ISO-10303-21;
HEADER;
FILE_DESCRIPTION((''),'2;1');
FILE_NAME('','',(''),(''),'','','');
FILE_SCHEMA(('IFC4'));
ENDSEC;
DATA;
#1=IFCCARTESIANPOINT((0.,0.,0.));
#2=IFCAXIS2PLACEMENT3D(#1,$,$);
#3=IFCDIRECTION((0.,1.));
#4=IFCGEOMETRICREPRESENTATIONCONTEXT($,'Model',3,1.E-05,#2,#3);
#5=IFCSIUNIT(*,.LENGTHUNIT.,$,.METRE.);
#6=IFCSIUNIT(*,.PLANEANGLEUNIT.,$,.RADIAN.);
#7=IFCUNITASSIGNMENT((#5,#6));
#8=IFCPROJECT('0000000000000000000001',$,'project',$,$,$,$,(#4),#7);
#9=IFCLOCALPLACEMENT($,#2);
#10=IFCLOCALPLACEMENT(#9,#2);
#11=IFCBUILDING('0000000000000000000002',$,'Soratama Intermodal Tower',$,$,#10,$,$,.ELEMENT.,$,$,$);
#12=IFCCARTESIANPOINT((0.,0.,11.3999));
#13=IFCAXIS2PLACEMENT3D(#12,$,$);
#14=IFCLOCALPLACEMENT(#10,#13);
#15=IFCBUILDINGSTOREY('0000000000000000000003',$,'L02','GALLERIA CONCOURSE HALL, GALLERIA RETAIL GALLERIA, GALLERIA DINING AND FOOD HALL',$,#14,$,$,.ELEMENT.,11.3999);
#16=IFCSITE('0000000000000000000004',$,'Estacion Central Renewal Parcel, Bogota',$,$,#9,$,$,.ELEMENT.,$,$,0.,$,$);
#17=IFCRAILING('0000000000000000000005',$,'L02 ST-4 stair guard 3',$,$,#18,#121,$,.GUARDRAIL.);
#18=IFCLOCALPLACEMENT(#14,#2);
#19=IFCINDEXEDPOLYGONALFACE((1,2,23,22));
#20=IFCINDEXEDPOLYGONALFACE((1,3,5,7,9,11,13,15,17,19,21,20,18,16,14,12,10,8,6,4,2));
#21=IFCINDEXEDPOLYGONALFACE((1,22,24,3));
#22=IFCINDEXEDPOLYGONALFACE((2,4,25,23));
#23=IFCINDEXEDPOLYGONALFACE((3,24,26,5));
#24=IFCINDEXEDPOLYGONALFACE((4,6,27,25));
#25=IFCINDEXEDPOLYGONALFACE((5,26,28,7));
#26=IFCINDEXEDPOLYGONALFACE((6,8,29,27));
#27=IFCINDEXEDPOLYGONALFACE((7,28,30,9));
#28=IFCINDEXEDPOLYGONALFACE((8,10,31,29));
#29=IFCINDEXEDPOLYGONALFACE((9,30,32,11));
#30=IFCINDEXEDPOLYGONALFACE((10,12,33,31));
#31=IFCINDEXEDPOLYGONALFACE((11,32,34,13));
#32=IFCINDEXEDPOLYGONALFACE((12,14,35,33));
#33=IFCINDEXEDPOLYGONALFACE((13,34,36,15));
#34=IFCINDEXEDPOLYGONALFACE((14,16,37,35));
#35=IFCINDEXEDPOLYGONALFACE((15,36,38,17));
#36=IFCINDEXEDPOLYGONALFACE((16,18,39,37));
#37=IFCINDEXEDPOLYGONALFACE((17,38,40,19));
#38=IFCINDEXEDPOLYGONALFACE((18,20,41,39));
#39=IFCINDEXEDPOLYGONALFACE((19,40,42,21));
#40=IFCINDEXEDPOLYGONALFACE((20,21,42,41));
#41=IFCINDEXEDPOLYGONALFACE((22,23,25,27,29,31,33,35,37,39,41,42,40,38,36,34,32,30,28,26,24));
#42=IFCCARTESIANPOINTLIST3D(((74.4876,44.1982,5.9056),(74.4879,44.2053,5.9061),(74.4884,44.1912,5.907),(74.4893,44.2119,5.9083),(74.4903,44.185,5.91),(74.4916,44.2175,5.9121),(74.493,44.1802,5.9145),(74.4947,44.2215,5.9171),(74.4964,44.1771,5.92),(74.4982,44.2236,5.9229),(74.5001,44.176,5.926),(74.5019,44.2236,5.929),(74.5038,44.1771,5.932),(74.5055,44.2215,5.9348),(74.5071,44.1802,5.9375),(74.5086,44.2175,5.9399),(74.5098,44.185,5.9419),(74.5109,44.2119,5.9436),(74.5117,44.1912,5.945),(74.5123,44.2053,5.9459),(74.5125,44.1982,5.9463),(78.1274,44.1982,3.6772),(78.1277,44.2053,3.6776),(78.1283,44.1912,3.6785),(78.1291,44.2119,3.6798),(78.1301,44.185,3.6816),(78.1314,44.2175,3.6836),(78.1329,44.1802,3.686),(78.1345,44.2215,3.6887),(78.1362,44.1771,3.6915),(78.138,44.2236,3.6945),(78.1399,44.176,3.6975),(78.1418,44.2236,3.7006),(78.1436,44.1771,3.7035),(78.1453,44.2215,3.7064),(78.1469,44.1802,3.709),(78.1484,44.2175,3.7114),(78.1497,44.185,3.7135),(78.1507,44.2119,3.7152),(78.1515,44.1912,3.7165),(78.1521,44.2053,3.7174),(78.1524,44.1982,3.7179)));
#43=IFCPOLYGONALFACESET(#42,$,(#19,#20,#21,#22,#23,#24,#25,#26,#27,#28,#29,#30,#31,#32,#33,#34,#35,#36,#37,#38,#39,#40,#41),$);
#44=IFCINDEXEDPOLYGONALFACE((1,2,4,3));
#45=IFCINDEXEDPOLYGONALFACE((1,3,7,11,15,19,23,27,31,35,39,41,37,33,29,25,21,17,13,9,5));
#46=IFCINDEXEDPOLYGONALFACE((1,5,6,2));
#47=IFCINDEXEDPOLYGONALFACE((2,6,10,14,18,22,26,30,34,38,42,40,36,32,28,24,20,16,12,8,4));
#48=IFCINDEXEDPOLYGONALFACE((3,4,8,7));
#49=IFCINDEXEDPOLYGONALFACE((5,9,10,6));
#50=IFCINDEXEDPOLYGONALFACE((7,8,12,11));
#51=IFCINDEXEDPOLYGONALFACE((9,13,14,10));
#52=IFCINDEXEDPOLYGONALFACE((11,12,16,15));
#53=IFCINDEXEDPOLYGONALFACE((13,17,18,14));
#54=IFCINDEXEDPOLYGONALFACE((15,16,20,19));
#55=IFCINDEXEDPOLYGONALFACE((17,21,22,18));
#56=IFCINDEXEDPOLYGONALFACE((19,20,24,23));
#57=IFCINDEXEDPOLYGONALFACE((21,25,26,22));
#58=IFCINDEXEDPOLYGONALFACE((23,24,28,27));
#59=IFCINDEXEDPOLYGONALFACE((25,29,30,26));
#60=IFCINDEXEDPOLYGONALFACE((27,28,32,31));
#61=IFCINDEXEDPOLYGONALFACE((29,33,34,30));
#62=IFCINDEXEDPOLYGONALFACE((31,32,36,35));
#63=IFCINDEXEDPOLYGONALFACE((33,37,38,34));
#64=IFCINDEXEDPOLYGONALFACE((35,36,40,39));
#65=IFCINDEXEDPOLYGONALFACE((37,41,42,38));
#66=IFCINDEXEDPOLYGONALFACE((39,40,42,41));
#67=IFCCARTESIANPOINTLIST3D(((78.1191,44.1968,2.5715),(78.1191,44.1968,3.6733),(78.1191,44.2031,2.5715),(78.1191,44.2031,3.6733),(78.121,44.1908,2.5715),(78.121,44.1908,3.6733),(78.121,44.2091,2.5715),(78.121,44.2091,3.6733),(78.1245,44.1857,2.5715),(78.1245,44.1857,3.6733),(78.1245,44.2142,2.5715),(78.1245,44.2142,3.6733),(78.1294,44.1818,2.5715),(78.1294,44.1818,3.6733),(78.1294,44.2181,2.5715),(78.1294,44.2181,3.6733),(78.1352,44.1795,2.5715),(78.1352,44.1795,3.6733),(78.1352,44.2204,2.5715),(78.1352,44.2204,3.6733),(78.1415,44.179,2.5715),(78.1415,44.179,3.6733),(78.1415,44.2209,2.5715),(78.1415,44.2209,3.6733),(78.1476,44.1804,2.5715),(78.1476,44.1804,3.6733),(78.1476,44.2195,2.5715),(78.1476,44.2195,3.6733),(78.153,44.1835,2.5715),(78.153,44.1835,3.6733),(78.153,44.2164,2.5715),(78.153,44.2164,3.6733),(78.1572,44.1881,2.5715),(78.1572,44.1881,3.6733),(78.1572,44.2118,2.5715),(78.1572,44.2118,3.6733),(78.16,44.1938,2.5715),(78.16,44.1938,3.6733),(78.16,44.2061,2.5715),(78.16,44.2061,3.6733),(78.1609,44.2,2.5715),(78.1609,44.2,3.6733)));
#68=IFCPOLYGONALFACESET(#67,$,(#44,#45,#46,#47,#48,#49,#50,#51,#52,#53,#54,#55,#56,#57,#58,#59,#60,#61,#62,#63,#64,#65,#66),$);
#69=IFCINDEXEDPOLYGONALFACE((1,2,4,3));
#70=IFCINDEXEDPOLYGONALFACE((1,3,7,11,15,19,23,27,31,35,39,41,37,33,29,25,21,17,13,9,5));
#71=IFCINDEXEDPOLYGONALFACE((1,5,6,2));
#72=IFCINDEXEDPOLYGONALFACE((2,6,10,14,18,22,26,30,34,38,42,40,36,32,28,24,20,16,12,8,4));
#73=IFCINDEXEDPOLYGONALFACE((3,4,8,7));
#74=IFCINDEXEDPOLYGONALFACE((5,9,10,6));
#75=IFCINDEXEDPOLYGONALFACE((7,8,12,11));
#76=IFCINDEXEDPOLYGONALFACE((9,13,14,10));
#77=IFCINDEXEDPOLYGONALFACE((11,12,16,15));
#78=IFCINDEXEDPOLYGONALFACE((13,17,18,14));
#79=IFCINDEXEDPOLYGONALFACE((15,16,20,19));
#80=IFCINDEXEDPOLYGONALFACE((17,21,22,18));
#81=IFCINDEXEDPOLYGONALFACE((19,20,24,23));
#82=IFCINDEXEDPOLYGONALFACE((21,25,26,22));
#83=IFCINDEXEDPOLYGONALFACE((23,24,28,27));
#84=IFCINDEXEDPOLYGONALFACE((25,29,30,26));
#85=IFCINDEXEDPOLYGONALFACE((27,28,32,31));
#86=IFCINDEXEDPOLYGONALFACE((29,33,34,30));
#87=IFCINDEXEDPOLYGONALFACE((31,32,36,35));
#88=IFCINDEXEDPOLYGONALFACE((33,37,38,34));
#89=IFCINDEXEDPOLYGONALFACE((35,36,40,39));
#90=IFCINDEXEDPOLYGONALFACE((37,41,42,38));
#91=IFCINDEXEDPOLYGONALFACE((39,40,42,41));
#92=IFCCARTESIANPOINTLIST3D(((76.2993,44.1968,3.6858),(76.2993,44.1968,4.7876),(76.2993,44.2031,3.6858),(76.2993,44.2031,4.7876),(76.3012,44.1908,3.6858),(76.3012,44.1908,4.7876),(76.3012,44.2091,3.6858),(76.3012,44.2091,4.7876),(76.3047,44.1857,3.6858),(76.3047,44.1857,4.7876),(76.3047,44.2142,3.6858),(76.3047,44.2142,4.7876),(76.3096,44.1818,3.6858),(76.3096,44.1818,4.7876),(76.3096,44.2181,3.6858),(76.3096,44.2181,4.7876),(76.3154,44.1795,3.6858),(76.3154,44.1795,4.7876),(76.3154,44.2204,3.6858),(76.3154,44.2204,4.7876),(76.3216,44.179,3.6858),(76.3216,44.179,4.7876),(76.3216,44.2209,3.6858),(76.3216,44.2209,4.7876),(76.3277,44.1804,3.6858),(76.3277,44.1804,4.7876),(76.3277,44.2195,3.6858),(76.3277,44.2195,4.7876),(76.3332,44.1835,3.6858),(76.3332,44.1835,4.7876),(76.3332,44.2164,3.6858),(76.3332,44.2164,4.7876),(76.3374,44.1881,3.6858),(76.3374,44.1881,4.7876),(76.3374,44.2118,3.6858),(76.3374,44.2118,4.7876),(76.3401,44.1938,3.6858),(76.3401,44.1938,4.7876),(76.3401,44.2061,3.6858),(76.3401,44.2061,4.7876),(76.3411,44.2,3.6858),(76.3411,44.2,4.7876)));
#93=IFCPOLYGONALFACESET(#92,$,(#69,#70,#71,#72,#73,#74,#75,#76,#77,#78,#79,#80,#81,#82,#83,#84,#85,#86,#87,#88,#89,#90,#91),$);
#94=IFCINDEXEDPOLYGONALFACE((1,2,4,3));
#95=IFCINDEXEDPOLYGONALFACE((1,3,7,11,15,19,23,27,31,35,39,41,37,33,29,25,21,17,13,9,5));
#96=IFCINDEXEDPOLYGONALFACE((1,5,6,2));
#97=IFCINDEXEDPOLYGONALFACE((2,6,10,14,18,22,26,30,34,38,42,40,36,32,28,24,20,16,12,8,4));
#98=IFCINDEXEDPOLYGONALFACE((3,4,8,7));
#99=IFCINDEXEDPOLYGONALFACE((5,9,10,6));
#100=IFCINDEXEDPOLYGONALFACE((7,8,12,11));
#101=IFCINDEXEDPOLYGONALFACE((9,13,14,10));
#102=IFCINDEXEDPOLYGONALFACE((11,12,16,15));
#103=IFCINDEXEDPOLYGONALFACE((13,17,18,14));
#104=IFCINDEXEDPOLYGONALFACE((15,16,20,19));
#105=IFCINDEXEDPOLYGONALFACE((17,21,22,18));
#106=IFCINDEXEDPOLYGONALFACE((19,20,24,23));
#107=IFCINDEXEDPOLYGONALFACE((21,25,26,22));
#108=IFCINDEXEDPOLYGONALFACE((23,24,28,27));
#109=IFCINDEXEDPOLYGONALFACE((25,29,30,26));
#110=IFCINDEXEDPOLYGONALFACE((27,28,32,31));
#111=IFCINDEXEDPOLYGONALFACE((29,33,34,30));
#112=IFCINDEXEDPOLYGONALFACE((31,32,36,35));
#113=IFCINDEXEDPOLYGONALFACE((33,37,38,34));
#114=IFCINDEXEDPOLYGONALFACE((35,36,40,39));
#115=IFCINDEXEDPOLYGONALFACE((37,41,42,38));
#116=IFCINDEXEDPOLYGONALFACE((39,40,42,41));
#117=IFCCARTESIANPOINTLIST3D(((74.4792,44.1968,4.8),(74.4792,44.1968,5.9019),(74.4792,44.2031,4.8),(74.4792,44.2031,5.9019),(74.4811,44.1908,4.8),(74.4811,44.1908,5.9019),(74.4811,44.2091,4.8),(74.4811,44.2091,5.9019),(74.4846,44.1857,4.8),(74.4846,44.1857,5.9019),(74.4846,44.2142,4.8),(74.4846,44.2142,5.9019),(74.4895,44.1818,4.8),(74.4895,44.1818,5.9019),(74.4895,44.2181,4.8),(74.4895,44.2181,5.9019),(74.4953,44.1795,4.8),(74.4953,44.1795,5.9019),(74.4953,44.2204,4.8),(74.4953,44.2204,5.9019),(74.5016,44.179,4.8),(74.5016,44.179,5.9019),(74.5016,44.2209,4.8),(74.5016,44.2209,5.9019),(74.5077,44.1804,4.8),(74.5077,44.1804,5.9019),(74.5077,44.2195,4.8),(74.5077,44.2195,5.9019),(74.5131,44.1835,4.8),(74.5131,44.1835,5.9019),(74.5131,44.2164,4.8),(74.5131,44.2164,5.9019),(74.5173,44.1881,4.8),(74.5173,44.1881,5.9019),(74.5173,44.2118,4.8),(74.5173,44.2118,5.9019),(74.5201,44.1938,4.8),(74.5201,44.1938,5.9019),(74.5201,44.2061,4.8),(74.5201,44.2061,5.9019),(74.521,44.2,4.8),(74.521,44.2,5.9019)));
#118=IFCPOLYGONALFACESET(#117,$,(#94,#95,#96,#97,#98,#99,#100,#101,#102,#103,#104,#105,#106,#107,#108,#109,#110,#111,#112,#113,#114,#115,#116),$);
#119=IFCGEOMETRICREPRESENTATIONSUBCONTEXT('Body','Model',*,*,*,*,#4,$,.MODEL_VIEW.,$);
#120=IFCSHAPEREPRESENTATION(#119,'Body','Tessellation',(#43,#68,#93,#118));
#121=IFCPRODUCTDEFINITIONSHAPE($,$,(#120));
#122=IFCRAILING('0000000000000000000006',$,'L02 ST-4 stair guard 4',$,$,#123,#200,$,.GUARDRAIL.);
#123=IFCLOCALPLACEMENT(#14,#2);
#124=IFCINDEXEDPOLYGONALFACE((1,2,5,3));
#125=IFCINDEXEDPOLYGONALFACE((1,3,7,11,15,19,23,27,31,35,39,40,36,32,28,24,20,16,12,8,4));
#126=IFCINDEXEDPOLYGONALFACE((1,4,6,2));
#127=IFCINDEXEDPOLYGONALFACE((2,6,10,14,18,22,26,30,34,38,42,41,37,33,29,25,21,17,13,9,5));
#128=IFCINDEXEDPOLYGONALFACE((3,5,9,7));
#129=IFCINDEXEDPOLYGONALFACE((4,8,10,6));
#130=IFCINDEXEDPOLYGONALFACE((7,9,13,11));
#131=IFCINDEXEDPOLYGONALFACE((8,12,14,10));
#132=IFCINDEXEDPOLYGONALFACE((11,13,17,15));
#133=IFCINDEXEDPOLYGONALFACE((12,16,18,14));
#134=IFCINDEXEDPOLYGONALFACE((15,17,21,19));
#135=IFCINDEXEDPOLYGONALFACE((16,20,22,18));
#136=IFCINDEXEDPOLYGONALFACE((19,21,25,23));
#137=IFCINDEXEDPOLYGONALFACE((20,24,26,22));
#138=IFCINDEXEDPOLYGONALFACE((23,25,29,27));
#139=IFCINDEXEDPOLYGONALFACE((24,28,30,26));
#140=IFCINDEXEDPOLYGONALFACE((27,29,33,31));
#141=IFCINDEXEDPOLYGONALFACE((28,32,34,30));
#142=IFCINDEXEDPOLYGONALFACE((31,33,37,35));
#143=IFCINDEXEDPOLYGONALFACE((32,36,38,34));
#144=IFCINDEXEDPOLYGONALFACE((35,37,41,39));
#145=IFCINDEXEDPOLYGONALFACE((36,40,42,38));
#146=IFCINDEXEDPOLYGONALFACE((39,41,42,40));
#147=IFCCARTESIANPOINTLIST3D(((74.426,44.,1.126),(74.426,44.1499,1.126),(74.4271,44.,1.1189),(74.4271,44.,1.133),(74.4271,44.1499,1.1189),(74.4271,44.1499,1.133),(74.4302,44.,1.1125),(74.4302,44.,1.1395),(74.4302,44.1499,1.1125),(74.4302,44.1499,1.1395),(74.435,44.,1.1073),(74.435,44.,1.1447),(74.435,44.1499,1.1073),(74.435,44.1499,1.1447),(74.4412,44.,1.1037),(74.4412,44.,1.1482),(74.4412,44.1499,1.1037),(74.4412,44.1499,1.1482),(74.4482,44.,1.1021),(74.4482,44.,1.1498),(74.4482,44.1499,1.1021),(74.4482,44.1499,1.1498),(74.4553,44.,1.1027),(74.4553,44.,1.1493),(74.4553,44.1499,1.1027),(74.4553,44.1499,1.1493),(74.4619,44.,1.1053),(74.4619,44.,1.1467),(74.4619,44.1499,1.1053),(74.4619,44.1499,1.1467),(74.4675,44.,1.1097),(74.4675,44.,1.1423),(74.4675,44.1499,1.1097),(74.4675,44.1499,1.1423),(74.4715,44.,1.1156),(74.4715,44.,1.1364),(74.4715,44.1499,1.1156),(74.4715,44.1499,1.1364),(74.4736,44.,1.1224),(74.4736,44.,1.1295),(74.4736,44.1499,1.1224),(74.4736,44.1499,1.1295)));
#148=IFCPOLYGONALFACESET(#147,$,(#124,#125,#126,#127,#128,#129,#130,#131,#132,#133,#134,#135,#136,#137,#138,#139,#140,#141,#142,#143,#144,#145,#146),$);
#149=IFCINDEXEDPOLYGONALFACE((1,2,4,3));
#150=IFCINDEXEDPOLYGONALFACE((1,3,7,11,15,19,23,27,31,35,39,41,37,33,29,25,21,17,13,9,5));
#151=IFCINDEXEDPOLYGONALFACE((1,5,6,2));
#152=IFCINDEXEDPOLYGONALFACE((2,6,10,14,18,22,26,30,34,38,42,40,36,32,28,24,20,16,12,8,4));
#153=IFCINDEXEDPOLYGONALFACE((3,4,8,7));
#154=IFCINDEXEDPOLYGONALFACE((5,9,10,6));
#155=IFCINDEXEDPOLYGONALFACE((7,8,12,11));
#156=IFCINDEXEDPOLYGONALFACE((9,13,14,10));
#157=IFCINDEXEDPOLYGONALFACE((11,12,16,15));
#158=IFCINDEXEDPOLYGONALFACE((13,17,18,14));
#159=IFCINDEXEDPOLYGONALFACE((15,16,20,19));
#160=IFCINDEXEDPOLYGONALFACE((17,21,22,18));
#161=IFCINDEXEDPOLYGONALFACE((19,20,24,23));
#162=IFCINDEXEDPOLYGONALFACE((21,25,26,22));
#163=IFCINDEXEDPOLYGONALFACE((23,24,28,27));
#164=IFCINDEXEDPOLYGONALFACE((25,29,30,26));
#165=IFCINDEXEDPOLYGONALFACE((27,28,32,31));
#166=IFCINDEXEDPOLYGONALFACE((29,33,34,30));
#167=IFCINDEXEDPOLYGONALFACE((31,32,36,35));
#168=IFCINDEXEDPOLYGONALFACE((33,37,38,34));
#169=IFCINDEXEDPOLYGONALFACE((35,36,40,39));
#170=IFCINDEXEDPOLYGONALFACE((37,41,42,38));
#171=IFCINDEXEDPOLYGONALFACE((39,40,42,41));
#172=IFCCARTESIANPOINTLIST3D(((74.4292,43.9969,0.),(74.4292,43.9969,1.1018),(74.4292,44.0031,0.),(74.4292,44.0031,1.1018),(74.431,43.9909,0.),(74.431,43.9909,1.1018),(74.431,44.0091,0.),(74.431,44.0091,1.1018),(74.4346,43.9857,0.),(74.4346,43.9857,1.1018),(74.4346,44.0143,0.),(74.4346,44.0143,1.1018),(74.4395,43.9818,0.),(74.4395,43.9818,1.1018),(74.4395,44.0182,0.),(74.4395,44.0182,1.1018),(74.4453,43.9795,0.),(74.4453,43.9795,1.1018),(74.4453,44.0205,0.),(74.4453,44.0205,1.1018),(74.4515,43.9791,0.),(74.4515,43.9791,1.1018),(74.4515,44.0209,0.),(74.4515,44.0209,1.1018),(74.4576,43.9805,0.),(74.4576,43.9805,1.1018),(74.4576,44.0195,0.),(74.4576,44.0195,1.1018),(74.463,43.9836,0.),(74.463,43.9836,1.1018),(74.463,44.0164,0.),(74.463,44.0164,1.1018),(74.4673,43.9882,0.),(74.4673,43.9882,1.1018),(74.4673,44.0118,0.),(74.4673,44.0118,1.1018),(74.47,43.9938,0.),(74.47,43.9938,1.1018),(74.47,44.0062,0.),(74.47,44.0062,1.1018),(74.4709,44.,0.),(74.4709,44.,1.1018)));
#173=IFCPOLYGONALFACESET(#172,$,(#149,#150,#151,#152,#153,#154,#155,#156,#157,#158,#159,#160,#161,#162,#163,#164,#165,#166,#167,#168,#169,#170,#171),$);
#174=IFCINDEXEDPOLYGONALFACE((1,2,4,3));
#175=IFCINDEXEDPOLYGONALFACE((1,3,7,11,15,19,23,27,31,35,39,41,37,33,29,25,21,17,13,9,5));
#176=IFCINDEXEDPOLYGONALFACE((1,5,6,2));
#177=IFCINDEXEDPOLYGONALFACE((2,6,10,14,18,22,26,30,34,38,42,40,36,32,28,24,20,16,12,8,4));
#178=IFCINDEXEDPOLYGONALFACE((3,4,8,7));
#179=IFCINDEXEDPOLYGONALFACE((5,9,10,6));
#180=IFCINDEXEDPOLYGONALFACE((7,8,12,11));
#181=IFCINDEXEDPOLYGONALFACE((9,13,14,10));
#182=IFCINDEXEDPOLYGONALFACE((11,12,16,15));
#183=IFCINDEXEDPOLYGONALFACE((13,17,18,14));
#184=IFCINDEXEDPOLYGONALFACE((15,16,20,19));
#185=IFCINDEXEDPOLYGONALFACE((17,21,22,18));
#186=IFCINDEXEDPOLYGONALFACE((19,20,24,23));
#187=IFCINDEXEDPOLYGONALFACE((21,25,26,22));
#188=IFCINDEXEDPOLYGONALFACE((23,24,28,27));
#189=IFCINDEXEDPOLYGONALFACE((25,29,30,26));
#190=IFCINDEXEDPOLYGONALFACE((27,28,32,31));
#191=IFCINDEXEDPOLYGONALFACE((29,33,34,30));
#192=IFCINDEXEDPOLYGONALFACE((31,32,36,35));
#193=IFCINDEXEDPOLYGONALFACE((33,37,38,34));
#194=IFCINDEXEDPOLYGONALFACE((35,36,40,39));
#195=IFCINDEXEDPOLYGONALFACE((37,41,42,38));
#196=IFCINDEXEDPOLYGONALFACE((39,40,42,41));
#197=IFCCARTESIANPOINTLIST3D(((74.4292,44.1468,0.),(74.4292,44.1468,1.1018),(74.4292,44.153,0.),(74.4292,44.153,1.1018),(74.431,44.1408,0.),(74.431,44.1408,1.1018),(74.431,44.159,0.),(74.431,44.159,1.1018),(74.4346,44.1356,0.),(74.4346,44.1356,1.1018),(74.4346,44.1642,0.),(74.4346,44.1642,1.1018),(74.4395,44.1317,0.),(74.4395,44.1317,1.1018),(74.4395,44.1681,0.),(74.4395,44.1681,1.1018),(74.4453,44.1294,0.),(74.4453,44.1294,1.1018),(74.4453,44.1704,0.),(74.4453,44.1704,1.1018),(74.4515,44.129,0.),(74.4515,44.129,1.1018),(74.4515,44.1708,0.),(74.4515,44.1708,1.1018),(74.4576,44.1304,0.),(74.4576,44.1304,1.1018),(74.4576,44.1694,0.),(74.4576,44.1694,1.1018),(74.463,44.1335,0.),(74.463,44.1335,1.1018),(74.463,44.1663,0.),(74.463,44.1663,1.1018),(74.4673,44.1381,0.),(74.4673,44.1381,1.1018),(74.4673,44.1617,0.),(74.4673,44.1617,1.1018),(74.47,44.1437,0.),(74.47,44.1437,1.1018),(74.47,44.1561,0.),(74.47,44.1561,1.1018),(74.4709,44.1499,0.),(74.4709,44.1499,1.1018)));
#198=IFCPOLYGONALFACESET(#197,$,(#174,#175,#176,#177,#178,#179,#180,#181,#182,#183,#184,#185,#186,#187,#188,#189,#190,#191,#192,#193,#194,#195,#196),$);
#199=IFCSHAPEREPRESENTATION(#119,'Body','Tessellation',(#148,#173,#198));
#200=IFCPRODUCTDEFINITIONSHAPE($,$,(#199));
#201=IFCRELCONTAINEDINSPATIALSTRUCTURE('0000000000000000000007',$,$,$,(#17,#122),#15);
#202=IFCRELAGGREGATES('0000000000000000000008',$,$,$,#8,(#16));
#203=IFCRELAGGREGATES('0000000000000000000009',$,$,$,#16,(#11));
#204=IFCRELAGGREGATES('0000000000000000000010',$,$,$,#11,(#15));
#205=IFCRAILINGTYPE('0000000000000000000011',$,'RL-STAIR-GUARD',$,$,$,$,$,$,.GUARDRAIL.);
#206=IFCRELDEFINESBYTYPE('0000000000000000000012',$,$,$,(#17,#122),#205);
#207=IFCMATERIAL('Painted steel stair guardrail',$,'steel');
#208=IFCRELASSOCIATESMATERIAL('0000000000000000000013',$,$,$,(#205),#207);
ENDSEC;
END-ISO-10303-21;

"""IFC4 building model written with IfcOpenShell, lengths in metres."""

from ifc_helpers import new_model, si_unit, direction, frame, origin, origin_2d, place, context, subcontext, project, spatial, circle, extrude, material, type_object, element, save


model = new_model("IFC4")

# Units and contexts
model_context = context("Model", 3, precision=1e-05, world=origin(), true_north=direction((0.0, 1.0)))
body_context = subcontext(model_context, "Body", "Model", "MODEL_VIEW")
ifc_project = project(units=[si_unit("LENGTHUNIT", "METRE"), si_unit("PLANEANGLEUNIT", "RADIAN")], contexts=[model_context])

# Site, building, storey
site_placement = place(None, origin())
site = spatial("IfcSite", under=ifc_project, at=site_placement, Name="Estacion Central Renewal Parcel, Bogota", CompositionType="ELEMENT", RefElevation=0.0)
building_placement = place(site_placement, origin())
building = spatial("IfcBuilding", under=site, at=building_placement, Name="Soratama Intermodal Tower", CompositionType="ELEMENT")
storey_placement = place(building_placement, frame((0.0, 0.0, 11.3999)))
storey = spatial("IfcBuildingStorey", under=building, at=storey_placement, Name="L02", Description="GALLERIA CONCOURSE HALL, GALLERIA RETAIL GALLERIA, GALLERIA DINING AND FOOD HALL", CompositionType="ELEMENT", Elevation=11.3999)

# Railings
ifc_material_1 = material(Name="Painted steel stair guardrail", Category="steel")
railing_type_1 = type_object("IfcRailingType", Name="RL-STAIR-GUARD", PredefinedType="GUARDRAIL", material=ifc_material_1)
railing_1_placement = place(storey_placement, frame((78.1399, 44.2, 2.5715)))
element("IfcRailing", 1, at=railing_1_placement, inside=storey, type_object=railing_type_1, Name="L02 ST-4 stair guard 3", PredefinedType="GUARDRAIL", context=body_context, shape_type="SweptSolid", body=[
    extrude(circle(Radius=0.0239, at=origin_2d()), frame((0.0, 0.0, 1.126), z_axis=(-0.85285, 0.0, 0.522156), x_axis=(0.0, -1.0, 0.0)), (0.0, 0.0, 1.0), 4.2678),
    extrude(circle(Radius=0.021, at=origin_2d()), origin(), (0.0, 0.0, 1.0), 1.1018),
    extrude(circle(Radius=0.021, at=origin_2d()), frame((-1.8198, 0.0, 1.1143)), (0.0, 0.0, 1.0), 1.1018),
    extrude(circle(Radius=0.021, at=origin_2d()), frame((-3.6399, 0.0, 2.2285)), (0.0, 0.0, 1.0), 1.1018),
])
railing_2_placement = place(storey_placement, frame((74.45, 44.0, 0.0)))
element("IfcRailing", 2, at=railing_2_placement, inside=storey, type_object=railing_type_1, Name="L02 ST-4 stair guard 4", PredefinedType="GUARDRAIL", context=body_context, shape_type="SweptSolid", body=[
    extrude(circle(Radius=0.0239, at=origin_2d()), frame((0.0, 0.0, 1.126), z_axis=(0.0, 1.0, 0.0), x_axis=(-1.0, 0.0, 0.0)), (0.0, 0.0, 1.0), 0.1499),
    extrude(circle(Radius=0.021, at=origin_2d()), origin(), (0.0, 0.0, 1.0), 1.1018),
    extrude(circle(Radius=0.021, at=origin_2d()), frame((0.0, 0.1499, 0.0)), (0.0, 0.0, 1.0), 1.1018),
])

save(model, "model.ifc")
